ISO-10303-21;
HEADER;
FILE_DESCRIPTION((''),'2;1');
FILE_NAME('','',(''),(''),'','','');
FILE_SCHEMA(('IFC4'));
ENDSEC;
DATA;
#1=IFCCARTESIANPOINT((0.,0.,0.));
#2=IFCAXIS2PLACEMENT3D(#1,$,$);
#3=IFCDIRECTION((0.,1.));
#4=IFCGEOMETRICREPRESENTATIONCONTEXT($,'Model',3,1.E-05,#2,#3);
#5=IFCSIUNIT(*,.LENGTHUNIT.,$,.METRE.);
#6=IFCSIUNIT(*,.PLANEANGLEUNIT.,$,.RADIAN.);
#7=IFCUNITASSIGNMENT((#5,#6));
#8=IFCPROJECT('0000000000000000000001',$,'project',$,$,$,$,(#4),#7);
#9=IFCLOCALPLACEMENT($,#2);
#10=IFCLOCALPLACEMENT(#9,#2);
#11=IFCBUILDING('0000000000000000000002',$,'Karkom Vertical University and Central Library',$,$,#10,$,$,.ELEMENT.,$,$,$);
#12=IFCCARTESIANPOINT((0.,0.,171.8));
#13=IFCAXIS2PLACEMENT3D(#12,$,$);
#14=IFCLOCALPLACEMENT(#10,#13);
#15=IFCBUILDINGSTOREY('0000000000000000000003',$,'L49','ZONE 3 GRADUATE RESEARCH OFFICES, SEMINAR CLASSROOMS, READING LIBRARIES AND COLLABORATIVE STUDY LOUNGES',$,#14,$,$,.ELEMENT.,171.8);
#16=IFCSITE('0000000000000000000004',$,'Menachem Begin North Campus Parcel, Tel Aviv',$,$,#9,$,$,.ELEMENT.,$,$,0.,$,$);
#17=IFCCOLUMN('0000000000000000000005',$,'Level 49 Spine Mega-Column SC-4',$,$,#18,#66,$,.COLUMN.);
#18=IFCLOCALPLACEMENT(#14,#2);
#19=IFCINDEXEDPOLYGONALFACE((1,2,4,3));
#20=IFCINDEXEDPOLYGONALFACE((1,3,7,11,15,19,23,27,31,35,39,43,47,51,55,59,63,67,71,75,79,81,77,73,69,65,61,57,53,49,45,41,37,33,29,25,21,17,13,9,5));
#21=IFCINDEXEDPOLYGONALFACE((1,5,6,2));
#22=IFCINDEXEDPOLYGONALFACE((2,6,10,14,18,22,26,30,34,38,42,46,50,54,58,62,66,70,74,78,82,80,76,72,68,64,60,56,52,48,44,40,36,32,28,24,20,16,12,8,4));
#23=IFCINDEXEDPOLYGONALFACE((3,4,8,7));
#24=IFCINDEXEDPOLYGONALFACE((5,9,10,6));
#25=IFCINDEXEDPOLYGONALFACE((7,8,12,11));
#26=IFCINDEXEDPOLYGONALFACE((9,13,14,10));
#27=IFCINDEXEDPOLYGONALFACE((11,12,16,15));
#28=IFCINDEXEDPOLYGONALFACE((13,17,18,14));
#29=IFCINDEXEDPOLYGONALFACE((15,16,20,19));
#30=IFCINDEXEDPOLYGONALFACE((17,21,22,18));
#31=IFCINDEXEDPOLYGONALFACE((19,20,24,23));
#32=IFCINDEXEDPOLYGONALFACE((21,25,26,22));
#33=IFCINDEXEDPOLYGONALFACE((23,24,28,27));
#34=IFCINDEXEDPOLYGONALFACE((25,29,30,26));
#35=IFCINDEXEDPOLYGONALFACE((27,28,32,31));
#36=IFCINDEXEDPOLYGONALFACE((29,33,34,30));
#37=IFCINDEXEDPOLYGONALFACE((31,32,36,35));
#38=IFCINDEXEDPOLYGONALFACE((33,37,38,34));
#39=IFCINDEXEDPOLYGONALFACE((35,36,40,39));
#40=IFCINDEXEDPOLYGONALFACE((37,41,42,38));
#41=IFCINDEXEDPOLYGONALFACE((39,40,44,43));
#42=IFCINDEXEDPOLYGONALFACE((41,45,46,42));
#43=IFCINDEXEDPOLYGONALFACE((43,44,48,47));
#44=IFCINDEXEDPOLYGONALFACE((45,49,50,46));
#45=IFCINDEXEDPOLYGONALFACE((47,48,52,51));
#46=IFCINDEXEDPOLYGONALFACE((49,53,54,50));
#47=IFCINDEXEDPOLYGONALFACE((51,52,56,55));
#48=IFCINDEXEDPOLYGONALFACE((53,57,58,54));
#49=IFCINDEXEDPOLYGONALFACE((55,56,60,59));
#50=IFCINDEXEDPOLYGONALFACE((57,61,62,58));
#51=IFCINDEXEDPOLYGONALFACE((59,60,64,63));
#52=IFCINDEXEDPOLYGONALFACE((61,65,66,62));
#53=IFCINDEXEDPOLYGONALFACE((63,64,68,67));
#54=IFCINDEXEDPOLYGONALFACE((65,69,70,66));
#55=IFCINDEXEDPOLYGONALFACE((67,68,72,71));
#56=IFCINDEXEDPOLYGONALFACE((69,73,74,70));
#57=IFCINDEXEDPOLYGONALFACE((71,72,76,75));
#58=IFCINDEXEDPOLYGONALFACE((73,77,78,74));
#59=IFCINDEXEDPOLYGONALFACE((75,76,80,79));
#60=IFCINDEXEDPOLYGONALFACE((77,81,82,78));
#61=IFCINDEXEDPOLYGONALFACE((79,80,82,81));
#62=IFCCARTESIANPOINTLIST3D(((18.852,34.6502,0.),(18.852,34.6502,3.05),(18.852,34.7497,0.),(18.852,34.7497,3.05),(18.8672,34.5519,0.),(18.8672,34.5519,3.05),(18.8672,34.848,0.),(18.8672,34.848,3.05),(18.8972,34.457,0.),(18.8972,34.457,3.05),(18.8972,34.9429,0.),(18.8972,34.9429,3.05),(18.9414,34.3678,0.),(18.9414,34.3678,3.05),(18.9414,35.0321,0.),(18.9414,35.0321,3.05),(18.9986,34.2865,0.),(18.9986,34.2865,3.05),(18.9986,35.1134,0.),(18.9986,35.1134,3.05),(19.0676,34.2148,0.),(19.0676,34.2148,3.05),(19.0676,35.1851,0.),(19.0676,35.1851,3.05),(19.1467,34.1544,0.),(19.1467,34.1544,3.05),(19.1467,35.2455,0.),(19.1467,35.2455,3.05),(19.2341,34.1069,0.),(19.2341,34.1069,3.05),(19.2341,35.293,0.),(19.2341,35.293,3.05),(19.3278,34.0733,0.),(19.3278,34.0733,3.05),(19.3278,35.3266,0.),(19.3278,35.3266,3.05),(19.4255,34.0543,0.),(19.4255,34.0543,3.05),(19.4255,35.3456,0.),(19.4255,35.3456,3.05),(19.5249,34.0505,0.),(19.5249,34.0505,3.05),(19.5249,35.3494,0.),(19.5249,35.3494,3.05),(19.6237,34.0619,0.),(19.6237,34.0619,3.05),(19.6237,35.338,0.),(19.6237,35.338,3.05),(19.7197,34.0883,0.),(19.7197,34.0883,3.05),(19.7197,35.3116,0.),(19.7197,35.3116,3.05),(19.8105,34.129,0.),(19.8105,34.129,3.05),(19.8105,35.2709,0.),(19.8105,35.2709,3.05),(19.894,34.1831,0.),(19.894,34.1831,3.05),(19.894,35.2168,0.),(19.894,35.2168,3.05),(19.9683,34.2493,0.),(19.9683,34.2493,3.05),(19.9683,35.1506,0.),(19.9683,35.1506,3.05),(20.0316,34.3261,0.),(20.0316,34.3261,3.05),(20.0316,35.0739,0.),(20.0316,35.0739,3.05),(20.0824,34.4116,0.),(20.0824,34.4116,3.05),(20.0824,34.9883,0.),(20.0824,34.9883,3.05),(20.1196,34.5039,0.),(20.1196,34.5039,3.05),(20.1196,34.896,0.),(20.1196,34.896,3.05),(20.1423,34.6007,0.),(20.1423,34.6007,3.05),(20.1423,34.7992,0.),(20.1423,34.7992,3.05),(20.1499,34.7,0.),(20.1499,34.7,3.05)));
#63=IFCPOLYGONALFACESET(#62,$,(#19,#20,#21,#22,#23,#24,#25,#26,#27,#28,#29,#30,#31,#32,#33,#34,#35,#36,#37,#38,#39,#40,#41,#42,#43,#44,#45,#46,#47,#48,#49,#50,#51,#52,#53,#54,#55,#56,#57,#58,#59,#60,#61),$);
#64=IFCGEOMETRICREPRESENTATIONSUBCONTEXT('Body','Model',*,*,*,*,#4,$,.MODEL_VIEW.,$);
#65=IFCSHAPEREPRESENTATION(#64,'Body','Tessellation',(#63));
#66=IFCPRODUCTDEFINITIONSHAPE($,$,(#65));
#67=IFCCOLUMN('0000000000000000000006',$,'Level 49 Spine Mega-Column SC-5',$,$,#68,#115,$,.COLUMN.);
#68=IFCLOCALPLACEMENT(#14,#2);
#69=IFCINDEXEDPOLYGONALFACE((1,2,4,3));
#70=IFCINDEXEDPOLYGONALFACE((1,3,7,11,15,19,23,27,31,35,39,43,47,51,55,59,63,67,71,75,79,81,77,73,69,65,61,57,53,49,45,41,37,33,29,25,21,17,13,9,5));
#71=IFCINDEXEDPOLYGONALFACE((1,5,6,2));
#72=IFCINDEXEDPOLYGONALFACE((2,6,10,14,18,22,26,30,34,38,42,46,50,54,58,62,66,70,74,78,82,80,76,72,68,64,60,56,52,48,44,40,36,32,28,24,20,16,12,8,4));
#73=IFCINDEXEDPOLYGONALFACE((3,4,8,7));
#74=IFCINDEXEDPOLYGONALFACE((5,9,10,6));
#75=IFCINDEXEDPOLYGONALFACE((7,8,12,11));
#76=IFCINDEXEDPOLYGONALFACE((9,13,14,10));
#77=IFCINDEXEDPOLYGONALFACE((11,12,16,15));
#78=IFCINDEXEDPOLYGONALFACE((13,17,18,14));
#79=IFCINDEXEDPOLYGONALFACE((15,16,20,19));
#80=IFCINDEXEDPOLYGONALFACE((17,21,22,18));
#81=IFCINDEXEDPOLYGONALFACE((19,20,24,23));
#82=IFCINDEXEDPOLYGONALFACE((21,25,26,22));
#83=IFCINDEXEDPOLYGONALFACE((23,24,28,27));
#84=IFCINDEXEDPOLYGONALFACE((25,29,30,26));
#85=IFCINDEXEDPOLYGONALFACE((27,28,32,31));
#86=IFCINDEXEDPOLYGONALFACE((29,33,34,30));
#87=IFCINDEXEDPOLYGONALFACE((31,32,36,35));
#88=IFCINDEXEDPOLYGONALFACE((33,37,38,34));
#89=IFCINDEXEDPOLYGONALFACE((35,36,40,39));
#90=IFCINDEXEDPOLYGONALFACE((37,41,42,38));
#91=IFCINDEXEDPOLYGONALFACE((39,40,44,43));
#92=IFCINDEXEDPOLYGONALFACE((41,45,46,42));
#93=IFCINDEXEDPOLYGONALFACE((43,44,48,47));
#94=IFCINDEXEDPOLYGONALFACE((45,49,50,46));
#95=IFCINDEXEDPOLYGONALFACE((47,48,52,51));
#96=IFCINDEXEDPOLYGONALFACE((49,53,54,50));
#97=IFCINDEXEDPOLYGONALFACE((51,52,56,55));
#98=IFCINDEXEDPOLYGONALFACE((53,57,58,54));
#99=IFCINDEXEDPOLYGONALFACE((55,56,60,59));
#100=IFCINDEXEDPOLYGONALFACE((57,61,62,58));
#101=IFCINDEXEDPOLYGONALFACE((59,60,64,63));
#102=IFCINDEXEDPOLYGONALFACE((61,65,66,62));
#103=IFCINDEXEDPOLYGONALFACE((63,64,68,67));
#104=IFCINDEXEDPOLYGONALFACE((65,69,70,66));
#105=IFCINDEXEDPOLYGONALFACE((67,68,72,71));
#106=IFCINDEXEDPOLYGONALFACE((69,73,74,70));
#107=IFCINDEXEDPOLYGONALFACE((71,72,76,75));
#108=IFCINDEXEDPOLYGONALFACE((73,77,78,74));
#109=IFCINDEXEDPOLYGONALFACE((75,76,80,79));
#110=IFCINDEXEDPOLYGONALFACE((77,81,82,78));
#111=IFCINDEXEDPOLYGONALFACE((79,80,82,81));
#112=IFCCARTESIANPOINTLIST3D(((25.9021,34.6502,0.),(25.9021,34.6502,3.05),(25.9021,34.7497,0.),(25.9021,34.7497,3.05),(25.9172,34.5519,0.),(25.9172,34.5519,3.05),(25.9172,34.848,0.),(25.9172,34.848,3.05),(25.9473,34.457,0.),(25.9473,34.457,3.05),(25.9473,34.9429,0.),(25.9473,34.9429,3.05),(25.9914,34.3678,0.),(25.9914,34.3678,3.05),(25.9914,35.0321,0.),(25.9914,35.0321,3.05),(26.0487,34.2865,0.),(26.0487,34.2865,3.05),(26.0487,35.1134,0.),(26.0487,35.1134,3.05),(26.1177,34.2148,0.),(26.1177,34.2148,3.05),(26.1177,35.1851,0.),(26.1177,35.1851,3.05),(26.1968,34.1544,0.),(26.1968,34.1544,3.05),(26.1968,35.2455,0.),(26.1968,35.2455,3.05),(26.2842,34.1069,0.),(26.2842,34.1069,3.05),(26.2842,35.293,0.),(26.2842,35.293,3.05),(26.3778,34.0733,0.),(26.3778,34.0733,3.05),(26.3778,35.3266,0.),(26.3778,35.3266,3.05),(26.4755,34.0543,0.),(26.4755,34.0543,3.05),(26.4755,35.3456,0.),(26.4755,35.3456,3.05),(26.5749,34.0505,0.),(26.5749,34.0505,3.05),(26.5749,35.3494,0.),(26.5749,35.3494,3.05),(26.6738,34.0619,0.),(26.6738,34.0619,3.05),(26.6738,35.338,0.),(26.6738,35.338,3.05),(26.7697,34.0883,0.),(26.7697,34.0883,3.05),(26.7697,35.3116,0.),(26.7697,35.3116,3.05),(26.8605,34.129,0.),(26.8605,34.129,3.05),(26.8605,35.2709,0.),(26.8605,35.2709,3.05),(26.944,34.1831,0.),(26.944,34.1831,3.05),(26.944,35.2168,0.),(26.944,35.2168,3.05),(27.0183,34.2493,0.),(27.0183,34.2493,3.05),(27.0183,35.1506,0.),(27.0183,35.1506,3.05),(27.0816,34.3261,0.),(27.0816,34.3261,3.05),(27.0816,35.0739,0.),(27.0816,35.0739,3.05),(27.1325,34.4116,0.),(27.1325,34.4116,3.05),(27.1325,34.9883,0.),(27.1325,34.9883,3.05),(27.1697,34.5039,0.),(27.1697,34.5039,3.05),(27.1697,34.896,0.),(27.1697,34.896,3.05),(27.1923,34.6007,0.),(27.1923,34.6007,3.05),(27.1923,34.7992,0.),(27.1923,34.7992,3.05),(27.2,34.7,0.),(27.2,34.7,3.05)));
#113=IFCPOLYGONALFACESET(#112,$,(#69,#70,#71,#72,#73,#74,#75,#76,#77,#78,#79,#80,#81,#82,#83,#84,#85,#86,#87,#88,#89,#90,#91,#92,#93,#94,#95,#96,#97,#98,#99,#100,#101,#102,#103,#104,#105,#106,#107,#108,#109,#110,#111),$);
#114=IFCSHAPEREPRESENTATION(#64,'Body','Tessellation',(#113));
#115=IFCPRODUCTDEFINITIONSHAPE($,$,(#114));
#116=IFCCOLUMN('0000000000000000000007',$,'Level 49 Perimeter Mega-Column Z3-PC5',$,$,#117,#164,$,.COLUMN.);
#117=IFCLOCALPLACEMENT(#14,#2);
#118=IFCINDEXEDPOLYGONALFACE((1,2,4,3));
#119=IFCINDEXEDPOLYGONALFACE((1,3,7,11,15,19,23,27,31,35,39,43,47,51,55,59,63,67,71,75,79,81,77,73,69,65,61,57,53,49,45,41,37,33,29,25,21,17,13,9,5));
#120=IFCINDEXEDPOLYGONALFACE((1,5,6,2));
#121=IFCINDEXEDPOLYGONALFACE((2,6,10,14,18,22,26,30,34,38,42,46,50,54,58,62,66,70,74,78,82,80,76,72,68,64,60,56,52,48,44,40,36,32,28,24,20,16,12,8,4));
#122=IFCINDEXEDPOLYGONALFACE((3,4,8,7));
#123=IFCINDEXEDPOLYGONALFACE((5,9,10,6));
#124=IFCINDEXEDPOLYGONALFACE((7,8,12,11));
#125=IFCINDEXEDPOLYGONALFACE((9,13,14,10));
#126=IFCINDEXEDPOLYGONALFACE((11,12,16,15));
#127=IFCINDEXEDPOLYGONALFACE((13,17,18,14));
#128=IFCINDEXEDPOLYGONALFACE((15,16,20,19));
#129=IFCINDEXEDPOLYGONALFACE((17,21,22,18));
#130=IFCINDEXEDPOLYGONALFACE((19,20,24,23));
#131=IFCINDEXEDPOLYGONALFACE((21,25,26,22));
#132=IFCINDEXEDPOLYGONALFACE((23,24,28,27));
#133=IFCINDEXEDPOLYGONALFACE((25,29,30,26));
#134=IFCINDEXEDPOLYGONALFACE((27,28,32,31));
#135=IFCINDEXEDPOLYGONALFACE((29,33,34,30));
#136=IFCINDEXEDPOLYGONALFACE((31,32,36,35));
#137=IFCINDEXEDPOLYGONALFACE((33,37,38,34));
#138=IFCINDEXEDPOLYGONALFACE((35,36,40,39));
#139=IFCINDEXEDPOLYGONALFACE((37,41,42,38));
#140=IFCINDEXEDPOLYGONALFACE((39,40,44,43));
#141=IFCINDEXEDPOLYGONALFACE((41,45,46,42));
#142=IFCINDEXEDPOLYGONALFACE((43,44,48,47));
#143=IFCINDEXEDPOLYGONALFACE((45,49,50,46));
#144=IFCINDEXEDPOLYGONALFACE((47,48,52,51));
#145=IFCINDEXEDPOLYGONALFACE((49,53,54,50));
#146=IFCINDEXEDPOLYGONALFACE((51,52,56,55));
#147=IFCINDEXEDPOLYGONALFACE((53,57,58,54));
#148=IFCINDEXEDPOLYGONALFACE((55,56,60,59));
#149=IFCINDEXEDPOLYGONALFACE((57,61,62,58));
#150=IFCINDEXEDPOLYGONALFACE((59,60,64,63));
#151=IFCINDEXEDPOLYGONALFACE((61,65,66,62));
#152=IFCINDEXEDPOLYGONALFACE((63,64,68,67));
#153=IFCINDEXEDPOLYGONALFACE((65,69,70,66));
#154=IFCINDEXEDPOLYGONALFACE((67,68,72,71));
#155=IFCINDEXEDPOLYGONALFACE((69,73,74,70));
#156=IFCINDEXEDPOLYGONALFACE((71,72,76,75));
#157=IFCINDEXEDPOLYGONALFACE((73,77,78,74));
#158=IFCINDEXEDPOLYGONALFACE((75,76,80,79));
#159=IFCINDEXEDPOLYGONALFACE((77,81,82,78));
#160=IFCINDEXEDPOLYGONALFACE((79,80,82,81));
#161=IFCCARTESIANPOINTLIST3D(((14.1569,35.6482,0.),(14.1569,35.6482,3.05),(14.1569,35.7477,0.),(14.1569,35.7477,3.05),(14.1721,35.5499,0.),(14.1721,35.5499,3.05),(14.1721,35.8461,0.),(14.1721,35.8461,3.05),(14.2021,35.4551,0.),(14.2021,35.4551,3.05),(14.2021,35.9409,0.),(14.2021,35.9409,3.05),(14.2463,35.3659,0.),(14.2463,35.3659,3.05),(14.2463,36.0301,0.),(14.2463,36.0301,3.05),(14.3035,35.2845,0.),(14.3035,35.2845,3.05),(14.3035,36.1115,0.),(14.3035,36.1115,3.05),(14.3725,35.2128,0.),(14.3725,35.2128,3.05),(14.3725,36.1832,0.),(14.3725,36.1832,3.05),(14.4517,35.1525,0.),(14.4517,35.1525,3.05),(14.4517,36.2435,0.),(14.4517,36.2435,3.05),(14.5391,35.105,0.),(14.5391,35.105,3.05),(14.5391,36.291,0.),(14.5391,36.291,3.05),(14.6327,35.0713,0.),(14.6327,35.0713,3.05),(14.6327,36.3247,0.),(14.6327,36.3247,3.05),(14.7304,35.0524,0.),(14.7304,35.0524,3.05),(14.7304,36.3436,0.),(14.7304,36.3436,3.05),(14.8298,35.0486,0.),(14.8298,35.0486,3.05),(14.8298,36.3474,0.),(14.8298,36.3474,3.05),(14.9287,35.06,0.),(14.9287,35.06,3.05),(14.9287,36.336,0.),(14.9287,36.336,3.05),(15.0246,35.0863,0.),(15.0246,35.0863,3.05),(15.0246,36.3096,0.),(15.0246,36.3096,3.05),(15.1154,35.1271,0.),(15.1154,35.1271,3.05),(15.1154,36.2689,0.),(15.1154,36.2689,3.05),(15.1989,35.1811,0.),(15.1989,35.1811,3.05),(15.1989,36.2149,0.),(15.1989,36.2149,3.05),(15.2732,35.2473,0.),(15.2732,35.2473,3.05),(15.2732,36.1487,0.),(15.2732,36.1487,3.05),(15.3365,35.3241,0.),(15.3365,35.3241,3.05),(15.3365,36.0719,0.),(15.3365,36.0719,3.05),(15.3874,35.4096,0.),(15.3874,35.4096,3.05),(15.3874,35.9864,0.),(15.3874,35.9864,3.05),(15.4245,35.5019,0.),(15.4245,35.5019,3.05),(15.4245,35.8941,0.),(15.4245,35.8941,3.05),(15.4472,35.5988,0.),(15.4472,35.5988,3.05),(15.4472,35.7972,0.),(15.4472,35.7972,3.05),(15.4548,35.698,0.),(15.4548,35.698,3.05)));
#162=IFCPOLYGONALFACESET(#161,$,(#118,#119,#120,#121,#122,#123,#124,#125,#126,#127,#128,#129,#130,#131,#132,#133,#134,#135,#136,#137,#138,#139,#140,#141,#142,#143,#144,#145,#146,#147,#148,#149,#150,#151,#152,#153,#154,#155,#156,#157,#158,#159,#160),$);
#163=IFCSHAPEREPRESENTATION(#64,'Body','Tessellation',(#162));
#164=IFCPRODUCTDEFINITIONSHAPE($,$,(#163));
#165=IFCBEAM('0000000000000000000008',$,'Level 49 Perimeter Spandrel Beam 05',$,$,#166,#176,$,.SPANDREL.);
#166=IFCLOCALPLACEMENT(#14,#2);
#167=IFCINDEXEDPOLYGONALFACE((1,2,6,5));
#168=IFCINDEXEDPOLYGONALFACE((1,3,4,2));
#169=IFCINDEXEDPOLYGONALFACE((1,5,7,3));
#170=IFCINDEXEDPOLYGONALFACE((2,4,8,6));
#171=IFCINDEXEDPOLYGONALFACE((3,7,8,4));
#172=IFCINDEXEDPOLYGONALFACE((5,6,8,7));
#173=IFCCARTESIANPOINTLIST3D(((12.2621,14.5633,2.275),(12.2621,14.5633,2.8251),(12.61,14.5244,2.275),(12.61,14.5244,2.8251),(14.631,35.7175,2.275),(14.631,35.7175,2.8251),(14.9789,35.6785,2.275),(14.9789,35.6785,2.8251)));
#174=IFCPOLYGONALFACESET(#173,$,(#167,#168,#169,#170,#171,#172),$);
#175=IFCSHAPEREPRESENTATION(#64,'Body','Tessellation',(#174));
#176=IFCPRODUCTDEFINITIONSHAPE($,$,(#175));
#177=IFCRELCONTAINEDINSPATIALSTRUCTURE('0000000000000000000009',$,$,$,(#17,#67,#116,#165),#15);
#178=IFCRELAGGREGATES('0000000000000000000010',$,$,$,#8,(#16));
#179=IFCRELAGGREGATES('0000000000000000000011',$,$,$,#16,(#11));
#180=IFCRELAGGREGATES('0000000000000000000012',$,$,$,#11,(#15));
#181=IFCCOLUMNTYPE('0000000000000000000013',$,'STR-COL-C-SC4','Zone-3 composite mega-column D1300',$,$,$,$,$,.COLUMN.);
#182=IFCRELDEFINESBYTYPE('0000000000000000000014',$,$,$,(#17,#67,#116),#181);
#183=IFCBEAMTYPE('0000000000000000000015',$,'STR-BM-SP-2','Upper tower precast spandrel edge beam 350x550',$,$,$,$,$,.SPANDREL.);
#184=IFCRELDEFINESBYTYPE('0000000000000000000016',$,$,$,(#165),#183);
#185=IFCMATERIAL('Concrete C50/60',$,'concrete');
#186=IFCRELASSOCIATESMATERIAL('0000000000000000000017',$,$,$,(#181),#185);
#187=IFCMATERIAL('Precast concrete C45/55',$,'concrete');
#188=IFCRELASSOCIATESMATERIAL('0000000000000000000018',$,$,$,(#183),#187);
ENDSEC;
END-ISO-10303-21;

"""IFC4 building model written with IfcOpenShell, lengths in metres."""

from ifc_helpers import new_model, si_unit, direction, frame, origin, origin_with_axes, origin_2d, place, context, subcontext, project, spatial, rectangle, circle, extrude, source, transform, mapped, material, material_profile, profile_set, type_object, element, save


model = new_model("IFC4")

# Units and contexts
model_context = context("Model", 3, precision=1e-05, world=origin(), true_north=direction((0.0, 1.0)))
body_context = subcontext(model_context, "Body", "Model", "MODEL_VIEW")
ifc_project = project(units=[si_unit("LENGTHUNIT", "METRE"), si_unit("PLANEANGLEUNIT", "RADIAN")], contexts=[model_context])

# Site, building, storey
site_placement = place(None, origin())
site = spatial("IfcSite", under=ifc_project, at=site_placement, Name="Menachem Begin North Campus Parcel, Tel Aviv", CompositionType="ELEMENT", RefElevation=0.0)
building_placement = place(site_placement, origin())
building = spatial("IfcBuilding", under=site, at=building_placement, Name="Karkom Vertical University and Central Library", CompositionType="ELEMENT")
storey_placement = place(building_placement, frame((0.0, 0.0, 171.8)))
storey = spatial("IfcBuildingStorey", under=building, at=storey_placement, Name="L49", Description="ZONE 3 GRADUATE RESEARCH OFFICES, SEMINAR CLASSROOMS, READING LIBRARIES AND COLLABORATIVE STUDY LOUNGES", CompositionType="ELEMENT", Elevation=171.8)

# Columns
ifc_material_1 = material(Name="Concrete C50/60", Category="concrete")
ifc_material_profile_1 = material_profile(ifc_material_1, circle(Radius=0.6499, at=origin_2d()), Name="CFT-D1300")
ifc_profile_set_1 = profile_set([ifc_material_profile_1], Name="Concrete C50/60")
column_type = type_object("IfcColumnType", Name="STR-COL-C-SC4", Description="Zone-3 composite mega-column D1300", PredefinedType="COLUMN", material=ifc_profile_set_1)
shared_shape_1 = source(origin_with_axes(), body_context, "Body", "SweptSolid", [
    extrude(circle(Radius=0.6499, at=origin_2d()), origin(), (0.0, 0.0, 1.0), 3.05),
])
for number, where, z_axis, x_axis, name in (
    (1, (19.5, 34.7, 0.0), (0.0, 0.0, 1.0), (1.0, 0.0, 0.0), "Level 49 Spine Mega-Column SC-4"),
    (2, (26.55, 34.7, 0.0), (0.0, 0.0, 1.0), (1.0, 0.0, 0.0), "Level 49 Spine Mega-Column SC-5"),
    (3, (14.8049, 35.698, 0.0), (0.0, 0.0, 1.0), (1.0, 0.0, 0.0), "Level 49 Perimeter Mega-Column Z3-PC5"),
):
    element("IfcColumn", number, at=place(storey_placement, frame(where, z_axis=z_axis, x_axis=x_axis)), inside=storey, type_object=column_type, Name=name, PredefinedType="COLUMN", context=body_context, shape_type="MappedRepresentation", body=[
        mapped(shared_shape_1, transform((0.0, 0.0, 0.0), scale=1.0)),
    ])

# Beam
ifc_material_2 = material(Name="Precast concrete C45/55", Category="concrete")
ifc_material_profile_2 = material_profile(ifc_material_2, rectangle(XDim=0.3501, YDim=0.55, at=origin_2d()), Name="SPB-350x550")
ifc_profile_set_2 = profile_set([ifc_material_profile_2], Name="Precast concrete C45/55")
beam_type_1 = type_object("IfcBeamType", Name="STR-BM-SP-2", Description="Upper tower precast spandrel edge beam 350x550", PredefinedType="SPANDREL", material=ifc_profile_set_2)
shared_shape_2 = source(origin_with_axes(), body_context, "Body", "SweptSolid", [
    extrude(rectangle(XDim=0.3501, YDim=0.55, at=origin_2d()), origin(), (0.0, 0.0, 1.0), 21.2864),
])
beam_1_placement = place(storey_placement, frame((14.8049, 35.698, 2.55), z_axis=(-0.111287, -0.993788, 0.0), x_axis=(0.993788, -0.111287, 0.0)))
element("IfcBeam", 4, at=beam_1_placement, inside=storey, type_object=beam_type_1, Name="Level 49 Perimeter Spandrel Beam 05", PredefinedType="SPANDREL", context=body_context, shape_type="MappedRepresentation", body=[
    mapped(shared_shape_2, transform((0.0, 0.0, 0.0), scale=1.0)),
])

save(model, "model.ifc")
